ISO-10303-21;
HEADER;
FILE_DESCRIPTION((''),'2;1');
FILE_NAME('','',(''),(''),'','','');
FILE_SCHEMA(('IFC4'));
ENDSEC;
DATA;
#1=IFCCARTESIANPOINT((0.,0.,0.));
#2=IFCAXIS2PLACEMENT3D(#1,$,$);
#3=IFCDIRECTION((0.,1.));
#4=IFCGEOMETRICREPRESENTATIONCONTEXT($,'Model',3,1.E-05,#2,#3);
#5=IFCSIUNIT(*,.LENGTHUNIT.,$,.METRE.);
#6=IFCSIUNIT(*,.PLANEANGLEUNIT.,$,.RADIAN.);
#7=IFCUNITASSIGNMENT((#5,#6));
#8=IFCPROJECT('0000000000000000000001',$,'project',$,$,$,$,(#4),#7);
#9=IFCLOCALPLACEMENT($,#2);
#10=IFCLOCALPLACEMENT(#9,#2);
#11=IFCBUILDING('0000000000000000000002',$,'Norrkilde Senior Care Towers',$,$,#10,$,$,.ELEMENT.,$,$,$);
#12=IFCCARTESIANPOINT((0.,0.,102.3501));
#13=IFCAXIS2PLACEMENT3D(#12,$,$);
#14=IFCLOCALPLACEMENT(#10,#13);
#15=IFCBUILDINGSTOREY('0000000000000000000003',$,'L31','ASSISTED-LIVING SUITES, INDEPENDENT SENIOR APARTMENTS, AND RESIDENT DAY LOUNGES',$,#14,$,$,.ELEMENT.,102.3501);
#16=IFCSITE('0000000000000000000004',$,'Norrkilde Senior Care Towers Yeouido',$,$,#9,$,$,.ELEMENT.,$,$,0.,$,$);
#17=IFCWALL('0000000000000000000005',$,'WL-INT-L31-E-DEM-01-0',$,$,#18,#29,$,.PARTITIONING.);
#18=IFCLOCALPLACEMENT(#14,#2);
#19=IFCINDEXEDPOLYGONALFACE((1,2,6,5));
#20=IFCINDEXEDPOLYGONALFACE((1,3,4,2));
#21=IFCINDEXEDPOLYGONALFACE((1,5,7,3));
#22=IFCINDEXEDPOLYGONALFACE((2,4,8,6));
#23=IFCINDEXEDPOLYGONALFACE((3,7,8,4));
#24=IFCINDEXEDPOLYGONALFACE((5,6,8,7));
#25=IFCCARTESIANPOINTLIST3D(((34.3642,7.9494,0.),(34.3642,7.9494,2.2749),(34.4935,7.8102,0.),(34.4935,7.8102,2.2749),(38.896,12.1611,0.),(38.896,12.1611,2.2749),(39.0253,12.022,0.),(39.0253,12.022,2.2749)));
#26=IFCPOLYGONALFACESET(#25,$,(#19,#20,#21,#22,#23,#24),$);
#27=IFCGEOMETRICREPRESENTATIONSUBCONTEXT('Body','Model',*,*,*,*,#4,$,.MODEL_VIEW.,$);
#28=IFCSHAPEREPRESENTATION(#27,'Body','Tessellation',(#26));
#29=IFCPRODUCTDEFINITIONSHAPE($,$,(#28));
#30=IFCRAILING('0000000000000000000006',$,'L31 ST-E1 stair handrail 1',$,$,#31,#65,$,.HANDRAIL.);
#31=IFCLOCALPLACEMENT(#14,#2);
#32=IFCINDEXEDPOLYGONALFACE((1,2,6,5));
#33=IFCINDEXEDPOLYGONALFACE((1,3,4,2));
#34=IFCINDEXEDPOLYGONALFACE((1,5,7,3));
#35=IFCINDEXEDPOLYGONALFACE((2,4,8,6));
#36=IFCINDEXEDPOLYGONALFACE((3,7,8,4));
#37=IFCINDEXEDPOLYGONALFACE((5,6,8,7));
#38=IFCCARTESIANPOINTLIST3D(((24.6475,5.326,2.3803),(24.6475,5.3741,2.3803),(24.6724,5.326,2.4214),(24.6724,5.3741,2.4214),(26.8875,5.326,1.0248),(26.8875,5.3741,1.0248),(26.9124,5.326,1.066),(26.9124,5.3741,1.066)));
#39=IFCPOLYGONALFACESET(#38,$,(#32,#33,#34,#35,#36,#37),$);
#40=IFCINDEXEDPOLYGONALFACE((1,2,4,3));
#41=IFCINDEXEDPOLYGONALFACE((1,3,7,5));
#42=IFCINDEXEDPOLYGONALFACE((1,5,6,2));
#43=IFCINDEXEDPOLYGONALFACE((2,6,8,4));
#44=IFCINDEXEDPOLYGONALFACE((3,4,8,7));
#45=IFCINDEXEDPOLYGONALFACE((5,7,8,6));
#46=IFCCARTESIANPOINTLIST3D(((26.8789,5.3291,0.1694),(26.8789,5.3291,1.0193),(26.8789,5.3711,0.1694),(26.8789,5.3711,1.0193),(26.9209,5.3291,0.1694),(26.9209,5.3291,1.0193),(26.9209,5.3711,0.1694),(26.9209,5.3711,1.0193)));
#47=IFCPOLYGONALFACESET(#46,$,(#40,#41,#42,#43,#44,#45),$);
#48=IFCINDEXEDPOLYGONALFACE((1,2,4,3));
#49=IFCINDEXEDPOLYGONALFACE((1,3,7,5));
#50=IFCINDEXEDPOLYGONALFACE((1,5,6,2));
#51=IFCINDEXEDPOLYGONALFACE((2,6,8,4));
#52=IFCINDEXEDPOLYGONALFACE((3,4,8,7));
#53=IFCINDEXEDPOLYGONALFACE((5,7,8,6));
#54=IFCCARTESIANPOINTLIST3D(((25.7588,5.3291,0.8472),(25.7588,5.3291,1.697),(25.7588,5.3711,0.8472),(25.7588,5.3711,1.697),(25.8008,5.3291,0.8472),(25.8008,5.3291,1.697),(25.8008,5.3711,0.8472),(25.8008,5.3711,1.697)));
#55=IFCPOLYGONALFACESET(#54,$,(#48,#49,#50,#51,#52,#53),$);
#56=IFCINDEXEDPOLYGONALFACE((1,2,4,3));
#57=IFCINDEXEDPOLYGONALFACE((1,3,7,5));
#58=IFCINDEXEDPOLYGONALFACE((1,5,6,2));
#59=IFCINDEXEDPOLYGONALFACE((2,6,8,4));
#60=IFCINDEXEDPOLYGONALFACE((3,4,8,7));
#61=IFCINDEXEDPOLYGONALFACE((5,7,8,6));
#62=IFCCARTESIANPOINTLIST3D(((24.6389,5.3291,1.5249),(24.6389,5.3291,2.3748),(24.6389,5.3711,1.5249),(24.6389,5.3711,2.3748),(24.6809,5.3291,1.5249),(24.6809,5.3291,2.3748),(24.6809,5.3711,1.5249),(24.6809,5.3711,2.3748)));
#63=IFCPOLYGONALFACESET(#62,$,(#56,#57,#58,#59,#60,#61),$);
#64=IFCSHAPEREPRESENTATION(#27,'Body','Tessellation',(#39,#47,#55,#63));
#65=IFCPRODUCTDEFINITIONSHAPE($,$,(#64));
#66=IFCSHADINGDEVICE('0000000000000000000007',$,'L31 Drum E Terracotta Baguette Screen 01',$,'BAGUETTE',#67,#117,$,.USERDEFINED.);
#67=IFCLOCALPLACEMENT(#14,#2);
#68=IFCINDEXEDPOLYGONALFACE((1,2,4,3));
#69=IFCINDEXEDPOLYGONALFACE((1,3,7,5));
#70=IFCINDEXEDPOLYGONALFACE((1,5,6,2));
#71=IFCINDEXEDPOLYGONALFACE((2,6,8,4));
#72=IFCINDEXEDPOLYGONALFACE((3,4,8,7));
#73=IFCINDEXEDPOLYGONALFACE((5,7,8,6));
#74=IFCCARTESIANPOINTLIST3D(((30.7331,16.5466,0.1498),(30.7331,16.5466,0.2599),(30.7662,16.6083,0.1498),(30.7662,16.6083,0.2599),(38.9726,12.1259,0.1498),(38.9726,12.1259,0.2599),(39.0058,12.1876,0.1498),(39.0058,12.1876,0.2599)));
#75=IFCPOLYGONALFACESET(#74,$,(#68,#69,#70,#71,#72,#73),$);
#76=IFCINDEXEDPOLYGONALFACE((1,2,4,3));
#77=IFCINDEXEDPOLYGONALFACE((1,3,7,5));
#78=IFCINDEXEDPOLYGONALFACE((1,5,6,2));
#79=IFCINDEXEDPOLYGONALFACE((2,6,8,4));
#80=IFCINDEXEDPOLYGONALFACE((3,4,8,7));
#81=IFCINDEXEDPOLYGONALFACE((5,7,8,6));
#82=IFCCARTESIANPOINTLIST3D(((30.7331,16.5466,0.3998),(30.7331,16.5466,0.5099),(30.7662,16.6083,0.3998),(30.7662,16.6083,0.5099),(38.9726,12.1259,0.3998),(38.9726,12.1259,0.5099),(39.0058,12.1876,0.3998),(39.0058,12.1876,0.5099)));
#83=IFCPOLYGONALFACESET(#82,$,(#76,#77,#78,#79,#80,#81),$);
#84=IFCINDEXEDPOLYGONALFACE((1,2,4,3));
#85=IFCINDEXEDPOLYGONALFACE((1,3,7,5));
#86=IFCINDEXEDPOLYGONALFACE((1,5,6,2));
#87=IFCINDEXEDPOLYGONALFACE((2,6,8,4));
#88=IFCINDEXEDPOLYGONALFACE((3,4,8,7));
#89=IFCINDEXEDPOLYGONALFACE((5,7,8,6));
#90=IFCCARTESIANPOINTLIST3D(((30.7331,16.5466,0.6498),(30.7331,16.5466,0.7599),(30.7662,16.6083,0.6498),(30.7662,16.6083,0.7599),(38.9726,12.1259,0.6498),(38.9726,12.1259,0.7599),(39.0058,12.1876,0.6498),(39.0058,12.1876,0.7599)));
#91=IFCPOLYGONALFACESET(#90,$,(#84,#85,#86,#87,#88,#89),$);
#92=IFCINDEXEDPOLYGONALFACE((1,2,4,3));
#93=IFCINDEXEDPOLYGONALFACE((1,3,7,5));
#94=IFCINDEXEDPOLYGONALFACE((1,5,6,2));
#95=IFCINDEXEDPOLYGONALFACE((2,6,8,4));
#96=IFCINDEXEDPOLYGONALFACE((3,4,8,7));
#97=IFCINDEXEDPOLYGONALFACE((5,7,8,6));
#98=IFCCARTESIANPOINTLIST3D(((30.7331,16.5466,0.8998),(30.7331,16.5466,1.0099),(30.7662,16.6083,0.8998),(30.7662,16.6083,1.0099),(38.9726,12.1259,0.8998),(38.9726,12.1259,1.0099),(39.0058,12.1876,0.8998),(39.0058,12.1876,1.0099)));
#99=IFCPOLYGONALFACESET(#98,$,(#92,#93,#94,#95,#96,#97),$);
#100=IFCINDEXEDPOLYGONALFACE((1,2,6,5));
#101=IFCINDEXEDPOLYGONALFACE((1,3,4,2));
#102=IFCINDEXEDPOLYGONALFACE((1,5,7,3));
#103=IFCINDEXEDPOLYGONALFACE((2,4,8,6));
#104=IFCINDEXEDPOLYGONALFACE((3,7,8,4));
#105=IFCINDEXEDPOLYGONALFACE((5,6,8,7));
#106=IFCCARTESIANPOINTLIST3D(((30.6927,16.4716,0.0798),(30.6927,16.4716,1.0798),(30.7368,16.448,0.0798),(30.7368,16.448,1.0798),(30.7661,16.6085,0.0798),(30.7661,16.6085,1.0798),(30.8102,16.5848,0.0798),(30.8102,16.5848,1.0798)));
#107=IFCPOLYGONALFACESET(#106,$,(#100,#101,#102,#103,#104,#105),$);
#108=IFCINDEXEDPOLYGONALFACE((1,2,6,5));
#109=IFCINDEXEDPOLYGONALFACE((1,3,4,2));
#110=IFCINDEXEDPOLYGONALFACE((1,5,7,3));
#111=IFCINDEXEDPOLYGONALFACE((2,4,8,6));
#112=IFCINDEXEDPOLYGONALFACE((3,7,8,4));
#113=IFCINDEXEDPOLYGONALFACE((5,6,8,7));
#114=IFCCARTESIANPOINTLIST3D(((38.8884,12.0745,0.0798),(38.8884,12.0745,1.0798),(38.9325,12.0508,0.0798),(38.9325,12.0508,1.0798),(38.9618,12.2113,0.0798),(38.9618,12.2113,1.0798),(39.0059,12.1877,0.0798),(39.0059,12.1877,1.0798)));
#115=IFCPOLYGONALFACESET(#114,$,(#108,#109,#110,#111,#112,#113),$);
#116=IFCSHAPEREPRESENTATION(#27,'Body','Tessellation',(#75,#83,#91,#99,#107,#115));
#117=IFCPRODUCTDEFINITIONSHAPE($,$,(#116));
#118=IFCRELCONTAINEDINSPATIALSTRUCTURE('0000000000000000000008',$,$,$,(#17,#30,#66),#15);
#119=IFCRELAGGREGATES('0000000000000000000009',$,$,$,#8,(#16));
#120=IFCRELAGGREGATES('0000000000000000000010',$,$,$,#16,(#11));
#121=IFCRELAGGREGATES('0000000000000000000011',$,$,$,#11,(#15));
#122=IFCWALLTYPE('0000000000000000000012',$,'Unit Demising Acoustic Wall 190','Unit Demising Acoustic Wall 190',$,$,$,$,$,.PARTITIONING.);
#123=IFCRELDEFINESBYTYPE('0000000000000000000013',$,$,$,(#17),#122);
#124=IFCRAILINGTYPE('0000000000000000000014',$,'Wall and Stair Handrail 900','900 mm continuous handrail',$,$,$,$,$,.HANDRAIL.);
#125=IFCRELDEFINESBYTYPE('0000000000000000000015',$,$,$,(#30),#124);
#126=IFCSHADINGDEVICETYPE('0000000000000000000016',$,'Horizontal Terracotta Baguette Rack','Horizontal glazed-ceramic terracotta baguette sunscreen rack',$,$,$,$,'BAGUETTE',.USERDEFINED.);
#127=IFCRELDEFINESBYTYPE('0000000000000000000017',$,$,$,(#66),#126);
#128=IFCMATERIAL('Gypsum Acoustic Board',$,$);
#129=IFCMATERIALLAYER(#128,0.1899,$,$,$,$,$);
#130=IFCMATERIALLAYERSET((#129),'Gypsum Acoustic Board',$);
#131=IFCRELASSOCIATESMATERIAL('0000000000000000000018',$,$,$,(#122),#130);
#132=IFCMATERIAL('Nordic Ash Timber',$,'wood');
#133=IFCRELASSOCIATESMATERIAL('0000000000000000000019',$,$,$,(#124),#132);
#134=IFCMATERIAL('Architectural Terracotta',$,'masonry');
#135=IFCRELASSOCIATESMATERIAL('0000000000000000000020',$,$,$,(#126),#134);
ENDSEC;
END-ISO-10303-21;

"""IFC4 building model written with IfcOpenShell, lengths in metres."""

from ifc_helpers import new_model, si_unit, direction, frame, frame_2d, origin, origin_2d, place, context, subcontext, project, spatial, rectangle, extrude, source, transform, mapped, material, layer, layer_set, type_object, type_shapes, element, save


model = new_model("IFC4")

# Units and contexts
model_context = context("Model", 3, precision=1e-05, world=origin(), true_north=direction((0.0, 1.0)))
body_context = subcontext(model_context, "Body", "Model", "MODEL_VIEW")
ifc_project = project(units=[si_unit("LENGTHUNIT", "METRE"), si_unit("PLANEANGLEUNIT", "RADIAN")], contexts=[model_context])

# Site, building, storey
site_placement = place(None, origin())
site = spatial("IfcSite", under=ifc_project, at=site_placement, Name="Norrkilde Senior Care Towers Yeouido", CompositionType="ELEMENT", RefElevation=0.0)
building_placement = place(site_placement, origin())
building = spatial("IfcBuilding", under=site, at=building_placement, Name="Norrkilde Senior Care Towers", CompositionType="ELEMENT")
storey_placement = place(building_placement, frame((0.0, 0.0, 102.3501)))
storey = spatial("IfcBuildingStorey", under=building, at=storey_placement, Name="L31", Description="ASSISTED-LIVING SUITES, INDEPENDENT SENIOR APARTMENTS, AND RESIDENT DAY LOUNGES", CompositionType="ELEMENT", Elevation=102.3501)

# Shared definitions
ifc_material_1 = material(Name="Gypsum Acoustic Board")
ifc_material_2 = material(Name="Nordic Ash Timber", Category="wood")

# Wall
ifc_layer_1 = layer(ifc_material_1, 0.1899)
ifc_layer_set_1 = layer_set([ifc_layer_1], Name="Gypsum Acoustic Board")
wall_type_1 = type_object("IfcWallType", Name="Unit Demising Acoustic Wall 190", Description="Unit Demising Acoustic Wall 190", PredefinedType="PARTITIONING", material=ifc_layer_set_1)
shared_shape_1 = source(origin(), body_context, "Body", "SweptSolid", [
    extrude(rectangle(XDim=6.1868, YDim=0.1899, at=frame_2d((3.0933, 0.0))), origin(), (0.0, 0.0, 1.0), 2.2749),
])
type_shapes(wall_type_1, [shared_shape_1])
wall_1_placement = place(storey_placement, frame((34.429, 7.8799, 0.0), z_axis=(0.0, 0.0, 1.0), x_axis=(0.732501, 0.680766, 0.0)))
element("IfcWall", 1, at=wall_1_placement, inside=storey, type_object=wall_type_1, Name="WL-INT-L31-E-DEM-01-0", PredefinedType="PARTITIONING", context=body_context, shape_type="MappedRepresentation", body=[
    mapped(shared_shape_1, transform((0.0, 0.0, 0.0), x_axis=(1.0, 0.0, 0.0), y_axis=(0.0, 1.0, 0.0), z_axis=(0.0, 0.0, 1.0), scale=1.0)),
])

# Railing
railing_type = type_object("IfcRailingType", Name="Wall and Stair Handrail 900", Description="900 mm continuous handrail", PredefinedType="HANDRAIL", material=ifc_material_2)
railing_placement = place(storey_placement, frame((26.8999, 5.3501, 0.1694)))
element("IfcRailing", 2, at=railing_placement, inside=storey, type_object=railing_type, Name="L31 ST-E1 stair handrail 1", PredefinedType="HANDRAIL", context=body_context, shape_type="SweptSolid", body=[
    extrude(rectangle(XDim=0.0481, YDim=0.0481, at=origin_2d()), frame((0.0, 0.0, 0.876), z_axis=(-0.855553, 0.0, 0.517715), x_axis=(0.0, -1.0, 0.0)), (0.0, 0.0, 1.0), 2.6182),
    extrude(rectangle(XDim=0.042, YDim=0.042, at=origin_2d()), origin(), (0.0, 0.0, 1.0), 0.8499),
    extrude(rectangle(XDim=0.042, YDim=0.042, at=origin_2d()), frame((-1.1201, 0.0, 0.6777)), (0.0, 0.0, 1.0), 0.8499),
    extrude(rectangle(XDim=0.042, YDim=0.042, at=origin_2d()), frame((-2.24, 0.0, 1.3555)), (0.0, 0.0, 1.0), 0.8499),
])

# Shading device
ifc_material_3 = material(Name="Architectural Terracotta", Category="masonry")
shading_device_type = type_object("IfcShadingDeviceType", Name="Horizontal Terracotta Baguette Rack", Description="Horizontal glazed-ceramic terracotta baguette sunscreen rack", ElementType="BAGUETTE", PredefinedType="USERDEFINED", material=ifc_material_3)
shared_shape_2 = source(origin(), body_context, "Body", "SweptSolid", [
    extrude(rectangle(XDim=0.0701, YDim=0.1101, at=origin_2d()), frame((0.0, 0.0901, 0.125), z_axis=(1.0, 0.0, 0.0), x_axis=(0.0, 1.0, 0.0)), (0.0, 0.0, 1.0), 9.3506),
    extrude(rectangle(XDim=0.0701, YDim=0.1101, at=origin_2d()), frame((0.0, 0.0901, 0.375), z_axis=(1.0, 0.0, 0.0), x_axis=(0.0, 1.0, 0.0)), (0.0, 0.0, 1.0), 9.3506),
    extrude(rectangle(XDim=0.0701, YDim=0.1101, at=origin_2d()), frame((0.0, 0.0901, 0.625), z_axis=(1.0, 0.0, 0.0), x_axis=(0.0, 1.0, 0.0)), (0.0, 0.0, 1.0), 9.3506),
    extrude(rectangle(XDim=0.0701, YDim=0.1101, at=origin_2d()), frame((0.0, 0.0901, 0.875), z_axis=(1.0, 0.0, 0.0), x_axis=(0.0, 1.0, 0.0)), (0.0, 0.0, 1.0), 9.3506),
    extrude(rectangle(XDim=0.05, YDim=0.1553, at=origin_2d()), frame((0.0249, 0.0476, 0.0)), (0.0, 0.0, 1.0), 1.0),
    extrude(rectangle(XDim=0.05, YDim=0.1553, at=origin_2d()), frame((9.3257, 0.0476, 0.0)), (0.0, 0.0, 1.0), 1.0),
])
type_shapes(shading_device_type, [shared_shape_2])
shading_device_placement = place(storey_placement, frame((30.707, 16.498, 0.0798), z_axis=(0.0, 0.0, 1.0), x_axis=(0.881175, -0.472768, 0.0)))
element("IfcShadingDevice", 3, at=shading_device_placement, inside=storey, type_object=shading_device_type, Name="L31 Drum E Terracotta Baguette Screen 01", ObjectType="BAGUETTE", PredefinedType="USERDEFINED", context=body_context, shape_type="MappedRepresentation", body=[
    mapped(shared_shape_2, transform((0.0, 0.0, 0.0), x_axis=(1.0, 0.0, 0.0), y_axis=(0.0, 1.0, 0.0), z_axis=(0.0, 0.0, 1.0), scale=1.0)),
])

save(model, "model.ifc")
